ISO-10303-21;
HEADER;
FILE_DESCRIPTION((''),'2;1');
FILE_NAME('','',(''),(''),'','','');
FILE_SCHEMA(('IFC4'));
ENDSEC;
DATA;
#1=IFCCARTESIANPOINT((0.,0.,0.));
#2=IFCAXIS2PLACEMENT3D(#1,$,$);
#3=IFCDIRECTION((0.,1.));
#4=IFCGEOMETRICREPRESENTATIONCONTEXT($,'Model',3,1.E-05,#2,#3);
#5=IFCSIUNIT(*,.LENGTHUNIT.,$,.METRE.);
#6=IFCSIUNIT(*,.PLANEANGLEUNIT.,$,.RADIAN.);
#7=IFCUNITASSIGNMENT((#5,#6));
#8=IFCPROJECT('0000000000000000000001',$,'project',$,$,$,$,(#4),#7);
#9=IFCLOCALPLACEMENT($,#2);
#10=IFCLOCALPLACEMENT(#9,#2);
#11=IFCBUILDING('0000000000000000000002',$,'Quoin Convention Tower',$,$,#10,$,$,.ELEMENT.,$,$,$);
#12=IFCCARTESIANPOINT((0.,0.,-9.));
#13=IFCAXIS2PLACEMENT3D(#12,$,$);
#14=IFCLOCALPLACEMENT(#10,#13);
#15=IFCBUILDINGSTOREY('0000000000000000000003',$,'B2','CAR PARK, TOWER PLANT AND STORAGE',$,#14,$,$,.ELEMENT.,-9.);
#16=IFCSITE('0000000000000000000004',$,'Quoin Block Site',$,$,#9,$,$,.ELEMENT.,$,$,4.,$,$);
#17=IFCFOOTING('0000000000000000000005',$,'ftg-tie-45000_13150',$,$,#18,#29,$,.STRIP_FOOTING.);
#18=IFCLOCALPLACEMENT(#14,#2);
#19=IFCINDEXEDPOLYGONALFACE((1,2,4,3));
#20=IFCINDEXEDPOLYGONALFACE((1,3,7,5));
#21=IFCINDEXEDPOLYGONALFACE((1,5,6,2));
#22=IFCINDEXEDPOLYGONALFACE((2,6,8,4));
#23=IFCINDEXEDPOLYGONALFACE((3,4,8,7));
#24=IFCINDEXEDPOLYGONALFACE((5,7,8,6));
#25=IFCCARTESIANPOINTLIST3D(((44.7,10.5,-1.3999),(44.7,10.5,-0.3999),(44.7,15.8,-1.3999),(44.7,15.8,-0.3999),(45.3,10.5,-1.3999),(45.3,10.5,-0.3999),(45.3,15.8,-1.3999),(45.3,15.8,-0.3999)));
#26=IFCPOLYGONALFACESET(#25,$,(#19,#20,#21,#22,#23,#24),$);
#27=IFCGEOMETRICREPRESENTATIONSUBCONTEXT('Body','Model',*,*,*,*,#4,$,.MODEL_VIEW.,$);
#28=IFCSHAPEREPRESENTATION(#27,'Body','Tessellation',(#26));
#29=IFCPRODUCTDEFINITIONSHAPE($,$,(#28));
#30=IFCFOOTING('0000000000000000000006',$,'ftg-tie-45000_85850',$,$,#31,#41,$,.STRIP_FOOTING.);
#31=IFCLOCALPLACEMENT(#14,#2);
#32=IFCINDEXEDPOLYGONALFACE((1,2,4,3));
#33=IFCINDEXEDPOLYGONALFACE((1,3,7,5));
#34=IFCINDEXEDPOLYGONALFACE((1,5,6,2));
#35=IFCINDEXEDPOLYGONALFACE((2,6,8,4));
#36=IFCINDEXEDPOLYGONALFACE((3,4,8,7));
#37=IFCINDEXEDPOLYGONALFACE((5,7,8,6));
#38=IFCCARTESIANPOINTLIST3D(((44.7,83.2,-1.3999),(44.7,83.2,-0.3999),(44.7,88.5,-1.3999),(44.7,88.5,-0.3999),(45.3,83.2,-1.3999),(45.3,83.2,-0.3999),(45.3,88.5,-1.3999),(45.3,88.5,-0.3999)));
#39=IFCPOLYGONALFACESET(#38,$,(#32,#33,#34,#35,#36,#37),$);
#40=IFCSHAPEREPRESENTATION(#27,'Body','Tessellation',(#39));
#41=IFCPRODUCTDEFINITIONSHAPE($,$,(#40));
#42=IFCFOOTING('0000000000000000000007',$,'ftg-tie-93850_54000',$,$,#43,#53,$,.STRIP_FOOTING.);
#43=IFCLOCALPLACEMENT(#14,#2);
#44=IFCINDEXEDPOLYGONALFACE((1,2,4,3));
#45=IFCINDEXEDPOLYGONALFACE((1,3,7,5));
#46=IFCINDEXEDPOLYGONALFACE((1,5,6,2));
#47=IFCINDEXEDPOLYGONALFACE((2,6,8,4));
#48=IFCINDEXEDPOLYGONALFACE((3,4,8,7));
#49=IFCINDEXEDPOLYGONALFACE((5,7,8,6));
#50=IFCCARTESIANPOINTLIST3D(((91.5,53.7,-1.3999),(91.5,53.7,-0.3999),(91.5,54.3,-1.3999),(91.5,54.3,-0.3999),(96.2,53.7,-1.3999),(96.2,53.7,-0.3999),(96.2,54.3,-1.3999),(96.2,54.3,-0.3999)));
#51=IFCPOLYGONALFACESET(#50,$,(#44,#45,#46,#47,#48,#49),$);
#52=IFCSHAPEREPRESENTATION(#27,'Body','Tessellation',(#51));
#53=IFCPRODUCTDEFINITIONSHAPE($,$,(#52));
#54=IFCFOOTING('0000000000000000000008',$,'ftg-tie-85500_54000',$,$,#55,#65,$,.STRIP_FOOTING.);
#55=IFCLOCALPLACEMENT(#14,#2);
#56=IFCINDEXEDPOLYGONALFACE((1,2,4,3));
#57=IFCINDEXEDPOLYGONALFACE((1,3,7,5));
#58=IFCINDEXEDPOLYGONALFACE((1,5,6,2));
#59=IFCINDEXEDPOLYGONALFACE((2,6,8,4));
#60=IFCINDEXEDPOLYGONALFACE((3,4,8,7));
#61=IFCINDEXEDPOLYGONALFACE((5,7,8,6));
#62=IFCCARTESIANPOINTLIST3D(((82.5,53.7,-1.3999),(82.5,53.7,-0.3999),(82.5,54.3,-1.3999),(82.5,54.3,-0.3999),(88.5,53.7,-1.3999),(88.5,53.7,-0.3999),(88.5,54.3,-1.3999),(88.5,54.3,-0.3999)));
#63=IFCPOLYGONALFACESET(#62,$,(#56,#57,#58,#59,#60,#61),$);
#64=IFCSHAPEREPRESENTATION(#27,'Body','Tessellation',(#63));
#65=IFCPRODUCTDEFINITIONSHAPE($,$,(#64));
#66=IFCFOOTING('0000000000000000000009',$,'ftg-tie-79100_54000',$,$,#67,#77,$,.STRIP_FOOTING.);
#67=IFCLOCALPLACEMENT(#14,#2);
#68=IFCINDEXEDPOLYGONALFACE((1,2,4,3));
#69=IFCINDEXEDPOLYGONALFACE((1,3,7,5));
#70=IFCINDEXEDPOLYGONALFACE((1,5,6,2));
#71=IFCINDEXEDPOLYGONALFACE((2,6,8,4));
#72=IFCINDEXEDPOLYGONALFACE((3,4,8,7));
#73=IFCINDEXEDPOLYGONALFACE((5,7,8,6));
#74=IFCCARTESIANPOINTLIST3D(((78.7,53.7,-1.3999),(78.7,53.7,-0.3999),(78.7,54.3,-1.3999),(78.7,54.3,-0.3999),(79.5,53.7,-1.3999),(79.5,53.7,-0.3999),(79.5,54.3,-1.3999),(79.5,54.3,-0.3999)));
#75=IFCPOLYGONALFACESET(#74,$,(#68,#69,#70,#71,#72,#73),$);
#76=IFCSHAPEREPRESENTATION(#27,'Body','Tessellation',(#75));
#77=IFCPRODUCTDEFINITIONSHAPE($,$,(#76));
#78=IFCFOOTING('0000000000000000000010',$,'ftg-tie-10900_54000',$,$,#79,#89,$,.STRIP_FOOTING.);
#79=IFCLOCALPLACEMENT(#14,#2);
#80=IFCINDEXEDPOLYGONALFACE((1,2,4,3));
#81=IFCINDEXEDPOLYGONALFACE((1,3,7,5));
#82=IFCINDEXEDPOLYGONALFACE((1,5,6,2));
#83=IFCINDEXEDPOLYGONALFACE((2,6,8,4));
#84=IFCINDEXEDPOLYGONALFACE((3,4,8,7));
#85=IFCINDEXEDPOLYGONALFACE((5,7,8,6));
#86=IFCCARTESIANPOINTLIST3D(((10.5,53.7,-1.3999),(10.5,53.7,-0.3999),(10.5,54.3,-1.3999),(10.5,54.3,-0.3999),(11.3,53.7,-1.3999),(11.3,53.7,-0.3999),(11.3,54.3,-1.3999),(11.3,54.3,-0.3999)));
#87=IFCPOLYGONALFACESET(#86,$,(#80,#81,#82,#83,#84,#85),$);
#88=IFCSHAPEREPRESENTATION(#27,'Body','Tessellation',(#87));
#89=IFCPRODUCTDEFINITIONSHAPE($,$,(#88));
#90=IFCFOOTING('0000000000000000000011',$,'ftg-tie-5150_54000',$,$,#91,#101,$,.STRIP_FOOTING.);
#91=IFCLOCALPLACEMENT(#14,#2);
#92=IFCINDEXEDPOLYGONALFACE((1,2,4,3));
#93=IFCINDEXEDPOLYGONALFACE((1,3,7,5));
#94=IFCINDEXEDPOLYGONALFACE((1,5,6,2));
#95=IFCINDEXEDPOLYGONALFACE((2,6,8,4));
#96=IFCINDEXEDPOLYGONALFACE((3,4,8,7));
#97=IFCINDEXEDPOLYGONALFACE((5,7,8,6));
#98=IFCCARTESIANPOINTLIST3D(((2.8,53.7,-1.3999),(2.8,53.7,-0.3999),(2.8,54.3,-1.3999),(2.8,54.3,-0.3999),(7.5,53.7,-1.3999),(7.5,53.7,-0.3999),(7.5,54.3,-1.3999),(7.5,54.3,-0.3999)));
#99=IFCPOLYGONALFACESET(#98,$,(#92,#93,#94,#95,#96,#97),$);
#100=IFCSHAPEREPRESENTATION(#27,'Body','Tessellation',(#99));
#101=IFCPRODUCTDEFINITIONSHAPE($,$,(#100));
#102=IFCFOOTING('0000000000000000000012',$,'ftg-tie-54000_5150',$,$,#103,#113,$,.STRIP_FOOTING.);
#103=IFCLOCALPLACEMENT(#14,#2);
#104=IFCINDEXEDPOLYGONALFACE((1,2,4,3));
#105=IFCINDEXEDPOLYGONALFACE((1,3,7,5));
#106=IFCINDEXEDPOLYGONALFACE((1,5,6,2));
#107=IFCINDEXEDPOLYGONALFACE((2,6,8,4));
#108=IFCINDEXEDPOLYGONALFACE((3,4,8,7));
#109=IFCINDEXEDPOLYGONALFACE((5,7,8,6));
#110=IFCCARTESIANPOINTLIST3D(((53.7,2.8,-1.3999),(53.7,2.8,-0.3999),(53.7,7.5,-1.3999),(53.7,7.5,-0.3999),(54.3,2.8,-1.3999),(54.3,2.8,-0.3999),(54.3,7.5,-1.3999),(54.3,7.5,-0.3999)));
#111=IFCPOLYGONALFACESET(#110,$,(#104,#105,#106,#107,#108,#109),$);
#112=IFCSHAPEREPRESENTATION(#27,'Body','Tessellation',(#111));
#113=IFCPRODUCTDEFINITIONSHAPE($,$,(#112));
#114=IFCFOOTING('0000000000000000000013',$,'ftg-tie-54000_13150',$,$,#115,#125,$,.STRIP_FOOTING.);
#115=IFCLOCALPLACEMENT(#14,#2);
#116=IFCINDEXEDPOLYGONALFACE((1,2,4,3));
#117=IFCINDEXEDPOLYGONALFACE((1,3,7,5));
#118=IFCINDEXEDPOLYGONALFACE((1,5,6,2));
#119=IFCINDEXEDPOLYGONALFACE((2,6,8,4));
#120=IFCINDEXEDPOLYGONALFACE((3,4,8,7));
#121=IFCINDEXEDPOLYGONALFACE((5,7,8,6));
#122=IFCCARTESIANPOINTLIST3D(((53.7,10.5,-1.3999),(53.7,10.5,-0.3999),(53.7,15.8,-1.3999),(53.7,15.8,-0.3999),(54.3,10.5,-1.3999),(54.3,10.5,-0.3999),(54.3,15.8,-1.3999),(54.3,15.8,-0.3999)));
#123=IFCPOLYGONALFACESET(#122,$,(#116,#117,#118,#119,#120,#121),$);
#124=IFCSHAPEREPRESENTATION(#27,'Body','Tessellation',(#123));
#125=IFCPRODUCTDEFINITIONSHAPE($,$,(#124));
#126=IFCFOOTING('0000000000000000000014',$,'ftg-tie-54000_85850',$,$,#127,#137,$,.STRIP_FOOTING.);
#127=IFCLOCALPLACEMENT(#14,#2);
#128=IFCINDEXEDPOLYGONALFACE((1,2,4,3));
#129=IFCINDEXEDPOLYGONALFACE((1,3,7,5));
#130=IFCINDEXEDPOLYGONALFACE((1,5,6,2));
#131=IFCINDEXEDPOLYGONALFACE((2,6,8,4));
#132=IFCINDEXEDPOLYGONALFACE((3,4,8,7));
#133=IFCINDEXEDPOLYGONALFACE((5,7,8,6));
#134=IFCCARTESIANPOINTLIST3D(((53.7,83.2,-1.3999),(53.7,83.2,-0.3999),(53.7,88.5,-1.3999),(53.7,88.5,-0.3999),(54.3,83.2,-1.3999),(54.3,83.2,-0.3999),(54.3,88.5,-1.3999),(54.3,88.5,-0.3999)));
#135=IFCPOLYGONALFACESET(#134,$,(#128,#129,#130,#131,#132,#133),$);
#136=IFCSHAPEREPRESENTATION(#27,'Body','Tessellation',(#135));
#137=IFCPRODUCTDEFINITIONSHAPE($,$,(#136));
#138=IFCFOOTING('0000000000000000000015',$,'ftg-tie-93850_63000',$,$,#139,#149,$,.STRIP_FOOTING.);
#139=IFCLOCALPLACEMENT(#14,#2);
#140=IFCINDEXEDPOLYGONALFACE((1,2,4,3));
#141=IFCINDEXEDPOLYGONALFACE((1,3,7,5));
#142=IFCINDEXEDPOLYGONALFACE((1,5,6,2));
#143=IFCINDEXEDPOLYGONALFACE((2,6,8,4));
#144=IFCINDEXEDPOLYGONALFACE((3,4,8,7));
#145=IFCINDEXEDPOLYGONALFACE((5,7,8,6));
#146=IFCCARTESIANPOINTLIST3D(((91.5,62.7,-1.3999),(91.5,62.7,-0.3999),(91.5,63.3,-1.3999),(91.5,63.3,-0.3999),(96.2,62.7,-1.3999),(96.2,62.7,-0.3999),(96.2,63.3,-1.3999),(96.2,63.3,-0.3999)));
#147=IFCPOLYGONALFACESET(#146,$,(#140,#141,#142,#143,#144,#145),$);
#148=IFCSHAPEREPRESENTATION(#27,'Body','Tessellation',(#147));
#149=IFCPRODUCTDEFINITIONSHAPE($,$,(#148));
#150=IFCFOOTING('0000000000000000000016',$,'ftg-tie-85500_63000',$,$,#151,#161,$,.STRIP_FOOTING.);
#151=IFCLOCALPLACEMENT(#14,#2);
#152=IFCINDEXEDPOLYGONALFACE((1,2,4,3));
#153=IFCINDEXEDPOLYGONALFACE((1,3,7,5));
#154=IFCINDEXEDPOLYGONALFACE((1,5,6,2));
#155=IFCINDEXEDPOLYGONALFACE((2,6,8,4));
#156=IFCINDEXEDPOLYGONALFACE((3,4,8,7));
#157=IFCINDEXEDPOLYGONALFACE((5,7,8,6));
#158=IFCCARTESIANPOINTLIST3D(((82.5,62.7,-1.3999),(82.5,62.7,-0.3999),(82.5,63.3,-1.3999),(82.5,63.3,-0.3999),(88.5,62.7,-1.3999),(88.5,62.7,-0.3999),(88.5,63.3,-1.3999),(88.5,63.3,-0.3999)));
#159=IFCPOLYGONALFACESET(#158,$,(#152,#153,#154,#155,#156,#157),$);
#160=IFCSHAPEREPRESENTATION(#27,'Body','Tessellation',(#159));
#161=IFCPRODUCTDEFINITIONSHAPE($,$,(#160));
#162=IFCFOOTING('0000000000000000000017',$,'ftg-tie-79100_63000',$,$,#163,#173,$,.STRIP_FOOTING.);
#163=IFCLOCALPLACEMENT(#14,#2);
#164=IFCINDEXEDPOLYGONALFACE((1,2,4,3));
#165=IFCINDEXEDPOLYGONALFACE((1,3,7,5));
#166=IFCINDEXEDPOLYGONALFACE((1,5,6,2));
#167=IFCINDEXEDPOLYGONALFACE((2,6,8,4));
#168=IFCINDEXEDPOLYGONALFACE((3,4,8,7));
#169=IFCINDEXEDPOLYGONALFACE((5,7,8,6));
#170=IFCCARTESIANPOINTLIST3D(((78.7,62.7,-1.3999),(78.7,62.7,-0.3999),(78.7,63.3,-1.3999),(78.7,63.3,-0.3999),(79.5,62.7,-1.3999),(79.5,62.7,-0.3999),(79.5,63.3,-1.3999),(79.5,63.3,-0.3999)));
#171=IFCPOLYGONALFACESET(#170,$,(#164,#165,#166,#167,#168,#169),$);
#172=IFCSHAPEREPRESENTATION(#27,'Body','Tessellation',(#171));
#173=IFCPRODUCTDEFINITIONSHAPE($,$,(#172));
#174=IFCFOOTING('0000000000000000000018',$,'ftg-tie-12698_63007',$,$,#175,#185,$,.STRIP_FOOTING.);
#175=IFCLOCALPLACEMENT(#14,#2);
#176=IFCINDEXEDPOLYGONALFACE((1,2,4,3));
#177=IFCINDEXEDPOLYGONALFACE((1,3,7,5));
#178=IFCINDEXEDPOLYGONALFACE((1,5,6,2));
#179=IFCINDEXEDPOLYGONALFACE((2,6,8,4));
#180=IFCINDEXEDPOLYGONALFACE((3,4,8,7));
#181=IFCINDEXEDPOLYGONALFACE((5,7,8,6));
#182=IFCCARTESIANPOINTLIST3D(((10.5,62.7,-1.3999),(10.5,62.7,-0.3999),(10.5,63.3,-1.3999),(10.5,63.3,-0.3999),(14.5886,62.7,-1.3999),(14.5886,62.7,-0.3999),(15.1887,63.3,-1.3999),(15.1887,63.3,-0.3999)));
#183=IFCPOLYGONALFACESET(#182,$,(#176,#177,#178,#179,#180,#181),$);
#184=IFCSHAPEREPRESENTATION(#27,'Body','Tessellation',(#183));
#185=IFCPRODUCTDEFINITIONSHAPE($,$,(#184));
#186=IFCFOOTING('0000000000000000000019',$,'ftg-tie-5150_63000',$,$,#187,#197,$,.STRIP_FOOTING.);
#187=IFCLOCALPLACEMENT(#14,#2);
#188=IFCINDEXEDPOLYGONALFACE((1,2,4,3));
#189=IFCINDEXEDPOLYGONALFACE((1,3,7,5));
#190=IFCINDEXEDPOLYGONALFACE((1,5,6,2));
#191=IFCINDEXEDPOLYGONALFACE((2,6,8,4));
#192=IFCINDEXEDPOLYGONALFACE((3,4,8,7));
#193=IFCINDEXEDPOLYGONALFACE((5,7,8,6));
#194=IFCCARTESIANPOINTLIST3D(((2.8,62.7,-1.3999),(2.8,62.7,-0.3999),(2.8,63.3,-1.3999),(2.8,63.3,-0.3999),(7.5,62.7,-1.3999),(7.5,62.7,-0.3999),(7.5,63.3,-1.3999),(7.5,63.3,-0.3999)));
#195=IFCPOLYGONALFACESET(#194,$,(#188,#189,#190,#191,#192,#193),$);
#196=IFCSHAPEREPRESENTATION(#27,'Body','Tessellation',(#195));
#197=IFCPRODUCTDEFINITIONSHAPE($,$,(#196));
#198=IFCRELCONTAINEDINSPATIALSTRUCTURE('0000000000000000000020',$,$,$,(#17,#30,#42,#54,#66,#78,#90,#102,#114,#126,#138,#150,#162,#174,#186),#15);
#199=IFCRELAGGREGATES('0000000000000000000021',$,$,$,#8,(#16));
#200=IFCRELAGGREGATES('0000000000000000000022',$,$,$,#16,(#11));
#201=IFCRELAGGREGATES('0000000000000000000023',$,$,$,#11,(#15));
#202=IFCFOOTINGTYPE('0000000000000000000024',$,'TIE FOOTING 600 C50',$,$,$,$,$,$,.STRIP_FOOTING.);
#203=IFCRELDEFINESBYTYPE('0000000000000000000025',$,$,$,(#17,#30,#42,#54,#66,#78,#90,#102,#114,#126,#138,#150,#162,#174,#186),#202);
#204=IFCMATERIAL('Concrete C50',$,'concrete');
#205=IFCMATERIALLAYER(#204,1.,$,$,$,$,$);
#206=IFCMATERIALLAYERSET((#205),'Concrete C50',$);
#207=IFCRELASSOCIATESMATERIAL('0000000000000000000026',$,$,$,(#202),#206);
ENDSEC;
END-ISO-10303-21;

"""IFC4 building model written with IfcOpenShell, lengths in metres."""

from ifc_helpers import new_model, si_unit, direction, frame, origin, place, context, subcontext, project, spatial, polyline, outline, extrude, material, layer, layer_set, type_object, element, save


model = new_model("IFC4")

# Units and contexts
model_context = context("Model", 3, precision=1e-05, world=origin(), true_north=direction((0.0, 1.0)))
body_context = subcontext(model_context, "Body", "Model", "MODEL_VIEW")
ifc_project = project(units=[si_unit("LENGTHUNIT", "METRE"), si_unit("PLANEANGLEUNIT", "RADIAN")], contexts=[model_context])

# Site, building, storey
site_placement = place(None, origin())
site = spatial("IfcSite", under=ifc_project, at=site_placement, Name="Quoin Block Site", CompositionType="ELEMENT", RefElevation=4.0)
building_placement = place(site_placement, origin())
building = spatial("IfcBuilding", under=site, at=building_placement, Name="Quoin Convention Tower", CompositionType="ELEMENT")
storey_placement = place(building_placement, frame((0.0, 0.0, -9.0)))
storey = spatial("IfcBuildingStorey", under=building, at=storey_placement, Name="B2", Description="CAR PARK, TOWER PLANT AND STORAGE", CompositionType="ELEMENT", Elevation=-9.0)

# Footings
ifc_material = material(Name="Concrete C50", Category="concrete")
ifc_layer = layer(ifc_material, 1.0)
ifc_layer_set = layer_set([ifc_layer], Name="Concrete C50")
footing_type = type_object("IfcFootingType", Name="TIE FOOTING 600 C50", PredefinedType="STRIP_FOOTING", material=ifc_layer_set)
footing_1_placement = place(storey_placement, frame((0.0, 0.0, -1.3999)))
element("IfcFooting", 1, at=footing_1_placement, inside=storey, type_object=footing_type, Name="ftg-tie-45000_13150", PredefinedType="STRIP_FOOTING", context=body_context, shape_type="SweptSolid", body=[
    extrude(outline(polyline([(45.3, 15.8), (45.3, 10.5), (44.7, 10.5), (44.7, 15.8), (45.3, 15.8)])), origin(), (0.0, 0.0, 1.0), 1.0),
])
footing_2_placement = place(storey_placement, frame((0.0, 0.0, -1.3999)))
element("IfcFooting", 2, at=footing_2_placement, inside=storey, type_object=footing_type, Name="ftg-tie-45000_85850", PredefinedType="STRIP_FOOTING", context=body_context, shape_type="SweptSolid", body=[
    extrude(outline(polyline([(45.3, 88.5), (45.3, 83.2), (44.7, 83.2), (44.7, 88.5), (45.3, 88.5)])), origin(), (0.0, 0.0, 1.0), 1.0),
])
footing_3_placement = place(storey_placement, frame((0.0, 0.0, -1.3999)))
element("IfcFooting", 3, at=footing_3_placement, inside=storey, type_object=footing_type, Name="ftg-tie-93850_54000", PredefinedType="STRIP_FOOTING", context=body_context, shape_type="SweptSolid", body=[
    extrude(outline(polyline([(91.5, 53.7), (91.5, 54.3), (96.2, 54.3), (96.2, 53.7), (91.5, 53.7)])), origin(), (0.0, 0.0, 1.0), 1.0),
])
footing_4_placement = place(storey_placement, frame((0.0, 0.0, -1.3999)))
element("IfcFooting", 4, at=footing_4_placement, inside=storey, type_object=footing_type, Name="ftg-tie-85500_54000", PredefinedType="STRIP_FOOTING", context=body_context, shape_type="SweptSolid", body=[
    extrude(outline(polyline([(82.5, 53.7), (82.5, 54.3), (88.5, 54.3), (88.5, 53.7), (82.5, 53.7)])), origin(), (0.0, 0.0, 1.0), 1.0),
])
footing_5_placement = place(storey_placement, frame((0.0, 0.0, -1.3999)))
element("IfcFooting", 5, at=footing_5_placement, inside=storey, type_object=footing_type, Name="ftg-tie-79100_54000", PredefinedType="STRIP_FOOTING", context=body_context, shape_type="SweptSolid", body=[
    extrude(outline(polyline([(78.7, 53.7), (78.7, 54.3), (79.5, 54.3), (79.5, 53.7), (78.7, 53.7)])), origin(), (0.0, 0.0, 1.0), 1.0),
])
footing_6_placement = place(storey_placement, frame((0.0, 0.0, -1.3999)))
element("IfcFooting", 6, at=footing_6_placement, inside=storey, type_object=footing_type, Name="ftg-tie-10900_54000", PredefinedType="STRIP_FOOTING", context=body_context, shape_type="SweptSolid", body=[
    extrude(outline(polyline([(10.5, 53.7), (10.5, 54.3), (11.3, 54.3), (11.3, 53.7), (10.5, 53.7)])), origin(), (0.0, 0.0, 1.0), 1.0),
])
footing_7_placement = place(storey_placement, frame((0.0, 0.0, -1.3999)))
element("IfcFooting", 7, at=footing_7_placement, inside=storey, type_object=footing_type, Name="ftg-tie-5150_54000", PredefinedType="STRIP_FOOTING", context=body_context, shape_type="SweptSolid", body=[
    extrude(outline(polyline([(2.8, 53.7), (2.8, 54.3), (7.5, 54.3), (7.5, 53.7), (2.8, 53.7)])), origin(), (0.0, 0.0, 1.0), 1.0),
])
footing_8_placement = place(storey_placement, frame((0.0, 0.0, -1.3999)))
element("IfcFooting", 8, at=footing_8_placement, inside=storey, type_object=footing_type, Name="ftg-tie-54000_5150", PredefinedType="STRIP_FOOTING", context=body_context, shape_type="SweptSolid", body=[
    extrude(outline(polyline([(54.3, 7.5), (54.3, 2.8), (53.7, 2.8), (53.7, 7.5), (54.3, 7.5)])), origin(), (0.0, 0.0, 1.0), 1.0),
])
footing_9_placement = place(storey_placement, frame((0.0, 0.0, -1.3999)))
element("IfcFooting", 9, at=footing_9_placement, inside=storey, type_object=footing_type, Name="ftg-tie-54000_13150", PredefinedType="STRIP_FOOTING", context=body_context, shape_type="SweptSolid", body=[
    extrude(outline(polyline([(54.3, 15.8), (54.3, 10.5), (53.7, 10.5), (53.7, 15.8), (54.3, 15.8)])), origin(), (0.0, 0.0, 1.0), 1.0),
])
footing_10_placement = place(storey_placement, frame((0.0, 0.0, -1.3999)))
element("IfcFooting", 10, at=footing_10_placement, inside=storey, type_object=footing_type, Name="ftg-tie-54000_85850", PredefinedType="STRIP_FOOTING", context=body_context, shape_type="SweptSolid", body=[
    extrude(outline(polyline([(54.3, 88.5), (54.3, 83.2), (53.7, 83.2), (53.7, 88.5), (54.3, 88.5)])), origin(), (0.0, 0.0, 1.0), 1.0),
])
footing_11_placement = place(storey_placement, frame((0.0, 0.0, -1.3999)))
element("IfcFooting", 11, at=footing_11_placement, inside=storey, type_object=footing_type, Name="ftg-tie-93850_63000", PredefinedType="STRIP_FOOTING", context=body_context, shape_type="SweptSolid", body=[
    extrude(outline(polyline([(91.5, 62.7), (91.5, 63.3), (96.2, 63.3), (96.2, 62.7), (91.5, 62.7)])), origin(), (0.0, 0.0, 1.0), 1.0),
])
footing_12_placement = place(storey_placement, frame((0.0, 0.0, -1.3999)))
element("IfcFooting", 12, at=footing_12_placement, inside=storey, type_object=footing_type, Name="ftg-tie-85500_63000", PredefinedType="STRIP_FOOTING", context=body_context, shape_type="SweptSolid", body=[
    extrude(outline(polyline([(82.5, 62.7), (82.5, 63.3), (88.5, 63.3), (88.5, 62.7), (82.5, 62.7)])), origin(), (0.0, 0.0, 1.0), 1.0),
])
footing_13_placement = place(storey_placement, frame((0.0, 0.0, -1.3999)))
element("IfcFooting", 13, at=footing_13_placement, inside=storey, type_object=footing_type, Name="ftg-tie-79100_63000", PredefinedType="STRIP_FOOTING", context=body_context, shape_type="SweptSolid", body=[
    extrude(outline(polyline([(78.7, 62.7), (78.7, 63.3), (79.5, 63.3), (79.5, 62.7), (78.7, 62.7)])), origin(), (0.0, 0.0, 1.0), 1.0),
])
footing_14_placement = place(storey_placement, frame((0.0, 0.0, -1.3999)))
element("IfcFooting", 14, at=footing_14_placement, inside=storey, type_object=footing_type, Name="ftg-tie-12698_63007", PredefinedType="STRIP_FOOTING", context=body_context, shape_type="SweptSolid", body=[
    extrude(outline(polyline([(10.5, 62.7), (10.5, 63.3), (15.1887, 63.3), (14.5886, 62.7), (10.5, 62.7)])), origin(), (0.0, 0.0, 1.0), 1.0),
])
footing_15_placement = place(storey_placement, frame((0.0, 0.0, -1.3999)))
element("IfcFooting", 15, at=footing_15_placement, inside=storey, type_object=footing_type, Name="ftg-tie-5150_63000", PredefinedType="STRIP_FOOTING", context=body_context, shape_type="SweptSolid", body=[
    extrude(outline(polyline([(2.8, 62.7), (2.8, 63.3), (7.5, 63.3), (7.5, 62.7), (2.8, 62.7)])), origin(), (0.0, 0.0, 1.0), 1.0),
])

save(model, "model.ifc")
